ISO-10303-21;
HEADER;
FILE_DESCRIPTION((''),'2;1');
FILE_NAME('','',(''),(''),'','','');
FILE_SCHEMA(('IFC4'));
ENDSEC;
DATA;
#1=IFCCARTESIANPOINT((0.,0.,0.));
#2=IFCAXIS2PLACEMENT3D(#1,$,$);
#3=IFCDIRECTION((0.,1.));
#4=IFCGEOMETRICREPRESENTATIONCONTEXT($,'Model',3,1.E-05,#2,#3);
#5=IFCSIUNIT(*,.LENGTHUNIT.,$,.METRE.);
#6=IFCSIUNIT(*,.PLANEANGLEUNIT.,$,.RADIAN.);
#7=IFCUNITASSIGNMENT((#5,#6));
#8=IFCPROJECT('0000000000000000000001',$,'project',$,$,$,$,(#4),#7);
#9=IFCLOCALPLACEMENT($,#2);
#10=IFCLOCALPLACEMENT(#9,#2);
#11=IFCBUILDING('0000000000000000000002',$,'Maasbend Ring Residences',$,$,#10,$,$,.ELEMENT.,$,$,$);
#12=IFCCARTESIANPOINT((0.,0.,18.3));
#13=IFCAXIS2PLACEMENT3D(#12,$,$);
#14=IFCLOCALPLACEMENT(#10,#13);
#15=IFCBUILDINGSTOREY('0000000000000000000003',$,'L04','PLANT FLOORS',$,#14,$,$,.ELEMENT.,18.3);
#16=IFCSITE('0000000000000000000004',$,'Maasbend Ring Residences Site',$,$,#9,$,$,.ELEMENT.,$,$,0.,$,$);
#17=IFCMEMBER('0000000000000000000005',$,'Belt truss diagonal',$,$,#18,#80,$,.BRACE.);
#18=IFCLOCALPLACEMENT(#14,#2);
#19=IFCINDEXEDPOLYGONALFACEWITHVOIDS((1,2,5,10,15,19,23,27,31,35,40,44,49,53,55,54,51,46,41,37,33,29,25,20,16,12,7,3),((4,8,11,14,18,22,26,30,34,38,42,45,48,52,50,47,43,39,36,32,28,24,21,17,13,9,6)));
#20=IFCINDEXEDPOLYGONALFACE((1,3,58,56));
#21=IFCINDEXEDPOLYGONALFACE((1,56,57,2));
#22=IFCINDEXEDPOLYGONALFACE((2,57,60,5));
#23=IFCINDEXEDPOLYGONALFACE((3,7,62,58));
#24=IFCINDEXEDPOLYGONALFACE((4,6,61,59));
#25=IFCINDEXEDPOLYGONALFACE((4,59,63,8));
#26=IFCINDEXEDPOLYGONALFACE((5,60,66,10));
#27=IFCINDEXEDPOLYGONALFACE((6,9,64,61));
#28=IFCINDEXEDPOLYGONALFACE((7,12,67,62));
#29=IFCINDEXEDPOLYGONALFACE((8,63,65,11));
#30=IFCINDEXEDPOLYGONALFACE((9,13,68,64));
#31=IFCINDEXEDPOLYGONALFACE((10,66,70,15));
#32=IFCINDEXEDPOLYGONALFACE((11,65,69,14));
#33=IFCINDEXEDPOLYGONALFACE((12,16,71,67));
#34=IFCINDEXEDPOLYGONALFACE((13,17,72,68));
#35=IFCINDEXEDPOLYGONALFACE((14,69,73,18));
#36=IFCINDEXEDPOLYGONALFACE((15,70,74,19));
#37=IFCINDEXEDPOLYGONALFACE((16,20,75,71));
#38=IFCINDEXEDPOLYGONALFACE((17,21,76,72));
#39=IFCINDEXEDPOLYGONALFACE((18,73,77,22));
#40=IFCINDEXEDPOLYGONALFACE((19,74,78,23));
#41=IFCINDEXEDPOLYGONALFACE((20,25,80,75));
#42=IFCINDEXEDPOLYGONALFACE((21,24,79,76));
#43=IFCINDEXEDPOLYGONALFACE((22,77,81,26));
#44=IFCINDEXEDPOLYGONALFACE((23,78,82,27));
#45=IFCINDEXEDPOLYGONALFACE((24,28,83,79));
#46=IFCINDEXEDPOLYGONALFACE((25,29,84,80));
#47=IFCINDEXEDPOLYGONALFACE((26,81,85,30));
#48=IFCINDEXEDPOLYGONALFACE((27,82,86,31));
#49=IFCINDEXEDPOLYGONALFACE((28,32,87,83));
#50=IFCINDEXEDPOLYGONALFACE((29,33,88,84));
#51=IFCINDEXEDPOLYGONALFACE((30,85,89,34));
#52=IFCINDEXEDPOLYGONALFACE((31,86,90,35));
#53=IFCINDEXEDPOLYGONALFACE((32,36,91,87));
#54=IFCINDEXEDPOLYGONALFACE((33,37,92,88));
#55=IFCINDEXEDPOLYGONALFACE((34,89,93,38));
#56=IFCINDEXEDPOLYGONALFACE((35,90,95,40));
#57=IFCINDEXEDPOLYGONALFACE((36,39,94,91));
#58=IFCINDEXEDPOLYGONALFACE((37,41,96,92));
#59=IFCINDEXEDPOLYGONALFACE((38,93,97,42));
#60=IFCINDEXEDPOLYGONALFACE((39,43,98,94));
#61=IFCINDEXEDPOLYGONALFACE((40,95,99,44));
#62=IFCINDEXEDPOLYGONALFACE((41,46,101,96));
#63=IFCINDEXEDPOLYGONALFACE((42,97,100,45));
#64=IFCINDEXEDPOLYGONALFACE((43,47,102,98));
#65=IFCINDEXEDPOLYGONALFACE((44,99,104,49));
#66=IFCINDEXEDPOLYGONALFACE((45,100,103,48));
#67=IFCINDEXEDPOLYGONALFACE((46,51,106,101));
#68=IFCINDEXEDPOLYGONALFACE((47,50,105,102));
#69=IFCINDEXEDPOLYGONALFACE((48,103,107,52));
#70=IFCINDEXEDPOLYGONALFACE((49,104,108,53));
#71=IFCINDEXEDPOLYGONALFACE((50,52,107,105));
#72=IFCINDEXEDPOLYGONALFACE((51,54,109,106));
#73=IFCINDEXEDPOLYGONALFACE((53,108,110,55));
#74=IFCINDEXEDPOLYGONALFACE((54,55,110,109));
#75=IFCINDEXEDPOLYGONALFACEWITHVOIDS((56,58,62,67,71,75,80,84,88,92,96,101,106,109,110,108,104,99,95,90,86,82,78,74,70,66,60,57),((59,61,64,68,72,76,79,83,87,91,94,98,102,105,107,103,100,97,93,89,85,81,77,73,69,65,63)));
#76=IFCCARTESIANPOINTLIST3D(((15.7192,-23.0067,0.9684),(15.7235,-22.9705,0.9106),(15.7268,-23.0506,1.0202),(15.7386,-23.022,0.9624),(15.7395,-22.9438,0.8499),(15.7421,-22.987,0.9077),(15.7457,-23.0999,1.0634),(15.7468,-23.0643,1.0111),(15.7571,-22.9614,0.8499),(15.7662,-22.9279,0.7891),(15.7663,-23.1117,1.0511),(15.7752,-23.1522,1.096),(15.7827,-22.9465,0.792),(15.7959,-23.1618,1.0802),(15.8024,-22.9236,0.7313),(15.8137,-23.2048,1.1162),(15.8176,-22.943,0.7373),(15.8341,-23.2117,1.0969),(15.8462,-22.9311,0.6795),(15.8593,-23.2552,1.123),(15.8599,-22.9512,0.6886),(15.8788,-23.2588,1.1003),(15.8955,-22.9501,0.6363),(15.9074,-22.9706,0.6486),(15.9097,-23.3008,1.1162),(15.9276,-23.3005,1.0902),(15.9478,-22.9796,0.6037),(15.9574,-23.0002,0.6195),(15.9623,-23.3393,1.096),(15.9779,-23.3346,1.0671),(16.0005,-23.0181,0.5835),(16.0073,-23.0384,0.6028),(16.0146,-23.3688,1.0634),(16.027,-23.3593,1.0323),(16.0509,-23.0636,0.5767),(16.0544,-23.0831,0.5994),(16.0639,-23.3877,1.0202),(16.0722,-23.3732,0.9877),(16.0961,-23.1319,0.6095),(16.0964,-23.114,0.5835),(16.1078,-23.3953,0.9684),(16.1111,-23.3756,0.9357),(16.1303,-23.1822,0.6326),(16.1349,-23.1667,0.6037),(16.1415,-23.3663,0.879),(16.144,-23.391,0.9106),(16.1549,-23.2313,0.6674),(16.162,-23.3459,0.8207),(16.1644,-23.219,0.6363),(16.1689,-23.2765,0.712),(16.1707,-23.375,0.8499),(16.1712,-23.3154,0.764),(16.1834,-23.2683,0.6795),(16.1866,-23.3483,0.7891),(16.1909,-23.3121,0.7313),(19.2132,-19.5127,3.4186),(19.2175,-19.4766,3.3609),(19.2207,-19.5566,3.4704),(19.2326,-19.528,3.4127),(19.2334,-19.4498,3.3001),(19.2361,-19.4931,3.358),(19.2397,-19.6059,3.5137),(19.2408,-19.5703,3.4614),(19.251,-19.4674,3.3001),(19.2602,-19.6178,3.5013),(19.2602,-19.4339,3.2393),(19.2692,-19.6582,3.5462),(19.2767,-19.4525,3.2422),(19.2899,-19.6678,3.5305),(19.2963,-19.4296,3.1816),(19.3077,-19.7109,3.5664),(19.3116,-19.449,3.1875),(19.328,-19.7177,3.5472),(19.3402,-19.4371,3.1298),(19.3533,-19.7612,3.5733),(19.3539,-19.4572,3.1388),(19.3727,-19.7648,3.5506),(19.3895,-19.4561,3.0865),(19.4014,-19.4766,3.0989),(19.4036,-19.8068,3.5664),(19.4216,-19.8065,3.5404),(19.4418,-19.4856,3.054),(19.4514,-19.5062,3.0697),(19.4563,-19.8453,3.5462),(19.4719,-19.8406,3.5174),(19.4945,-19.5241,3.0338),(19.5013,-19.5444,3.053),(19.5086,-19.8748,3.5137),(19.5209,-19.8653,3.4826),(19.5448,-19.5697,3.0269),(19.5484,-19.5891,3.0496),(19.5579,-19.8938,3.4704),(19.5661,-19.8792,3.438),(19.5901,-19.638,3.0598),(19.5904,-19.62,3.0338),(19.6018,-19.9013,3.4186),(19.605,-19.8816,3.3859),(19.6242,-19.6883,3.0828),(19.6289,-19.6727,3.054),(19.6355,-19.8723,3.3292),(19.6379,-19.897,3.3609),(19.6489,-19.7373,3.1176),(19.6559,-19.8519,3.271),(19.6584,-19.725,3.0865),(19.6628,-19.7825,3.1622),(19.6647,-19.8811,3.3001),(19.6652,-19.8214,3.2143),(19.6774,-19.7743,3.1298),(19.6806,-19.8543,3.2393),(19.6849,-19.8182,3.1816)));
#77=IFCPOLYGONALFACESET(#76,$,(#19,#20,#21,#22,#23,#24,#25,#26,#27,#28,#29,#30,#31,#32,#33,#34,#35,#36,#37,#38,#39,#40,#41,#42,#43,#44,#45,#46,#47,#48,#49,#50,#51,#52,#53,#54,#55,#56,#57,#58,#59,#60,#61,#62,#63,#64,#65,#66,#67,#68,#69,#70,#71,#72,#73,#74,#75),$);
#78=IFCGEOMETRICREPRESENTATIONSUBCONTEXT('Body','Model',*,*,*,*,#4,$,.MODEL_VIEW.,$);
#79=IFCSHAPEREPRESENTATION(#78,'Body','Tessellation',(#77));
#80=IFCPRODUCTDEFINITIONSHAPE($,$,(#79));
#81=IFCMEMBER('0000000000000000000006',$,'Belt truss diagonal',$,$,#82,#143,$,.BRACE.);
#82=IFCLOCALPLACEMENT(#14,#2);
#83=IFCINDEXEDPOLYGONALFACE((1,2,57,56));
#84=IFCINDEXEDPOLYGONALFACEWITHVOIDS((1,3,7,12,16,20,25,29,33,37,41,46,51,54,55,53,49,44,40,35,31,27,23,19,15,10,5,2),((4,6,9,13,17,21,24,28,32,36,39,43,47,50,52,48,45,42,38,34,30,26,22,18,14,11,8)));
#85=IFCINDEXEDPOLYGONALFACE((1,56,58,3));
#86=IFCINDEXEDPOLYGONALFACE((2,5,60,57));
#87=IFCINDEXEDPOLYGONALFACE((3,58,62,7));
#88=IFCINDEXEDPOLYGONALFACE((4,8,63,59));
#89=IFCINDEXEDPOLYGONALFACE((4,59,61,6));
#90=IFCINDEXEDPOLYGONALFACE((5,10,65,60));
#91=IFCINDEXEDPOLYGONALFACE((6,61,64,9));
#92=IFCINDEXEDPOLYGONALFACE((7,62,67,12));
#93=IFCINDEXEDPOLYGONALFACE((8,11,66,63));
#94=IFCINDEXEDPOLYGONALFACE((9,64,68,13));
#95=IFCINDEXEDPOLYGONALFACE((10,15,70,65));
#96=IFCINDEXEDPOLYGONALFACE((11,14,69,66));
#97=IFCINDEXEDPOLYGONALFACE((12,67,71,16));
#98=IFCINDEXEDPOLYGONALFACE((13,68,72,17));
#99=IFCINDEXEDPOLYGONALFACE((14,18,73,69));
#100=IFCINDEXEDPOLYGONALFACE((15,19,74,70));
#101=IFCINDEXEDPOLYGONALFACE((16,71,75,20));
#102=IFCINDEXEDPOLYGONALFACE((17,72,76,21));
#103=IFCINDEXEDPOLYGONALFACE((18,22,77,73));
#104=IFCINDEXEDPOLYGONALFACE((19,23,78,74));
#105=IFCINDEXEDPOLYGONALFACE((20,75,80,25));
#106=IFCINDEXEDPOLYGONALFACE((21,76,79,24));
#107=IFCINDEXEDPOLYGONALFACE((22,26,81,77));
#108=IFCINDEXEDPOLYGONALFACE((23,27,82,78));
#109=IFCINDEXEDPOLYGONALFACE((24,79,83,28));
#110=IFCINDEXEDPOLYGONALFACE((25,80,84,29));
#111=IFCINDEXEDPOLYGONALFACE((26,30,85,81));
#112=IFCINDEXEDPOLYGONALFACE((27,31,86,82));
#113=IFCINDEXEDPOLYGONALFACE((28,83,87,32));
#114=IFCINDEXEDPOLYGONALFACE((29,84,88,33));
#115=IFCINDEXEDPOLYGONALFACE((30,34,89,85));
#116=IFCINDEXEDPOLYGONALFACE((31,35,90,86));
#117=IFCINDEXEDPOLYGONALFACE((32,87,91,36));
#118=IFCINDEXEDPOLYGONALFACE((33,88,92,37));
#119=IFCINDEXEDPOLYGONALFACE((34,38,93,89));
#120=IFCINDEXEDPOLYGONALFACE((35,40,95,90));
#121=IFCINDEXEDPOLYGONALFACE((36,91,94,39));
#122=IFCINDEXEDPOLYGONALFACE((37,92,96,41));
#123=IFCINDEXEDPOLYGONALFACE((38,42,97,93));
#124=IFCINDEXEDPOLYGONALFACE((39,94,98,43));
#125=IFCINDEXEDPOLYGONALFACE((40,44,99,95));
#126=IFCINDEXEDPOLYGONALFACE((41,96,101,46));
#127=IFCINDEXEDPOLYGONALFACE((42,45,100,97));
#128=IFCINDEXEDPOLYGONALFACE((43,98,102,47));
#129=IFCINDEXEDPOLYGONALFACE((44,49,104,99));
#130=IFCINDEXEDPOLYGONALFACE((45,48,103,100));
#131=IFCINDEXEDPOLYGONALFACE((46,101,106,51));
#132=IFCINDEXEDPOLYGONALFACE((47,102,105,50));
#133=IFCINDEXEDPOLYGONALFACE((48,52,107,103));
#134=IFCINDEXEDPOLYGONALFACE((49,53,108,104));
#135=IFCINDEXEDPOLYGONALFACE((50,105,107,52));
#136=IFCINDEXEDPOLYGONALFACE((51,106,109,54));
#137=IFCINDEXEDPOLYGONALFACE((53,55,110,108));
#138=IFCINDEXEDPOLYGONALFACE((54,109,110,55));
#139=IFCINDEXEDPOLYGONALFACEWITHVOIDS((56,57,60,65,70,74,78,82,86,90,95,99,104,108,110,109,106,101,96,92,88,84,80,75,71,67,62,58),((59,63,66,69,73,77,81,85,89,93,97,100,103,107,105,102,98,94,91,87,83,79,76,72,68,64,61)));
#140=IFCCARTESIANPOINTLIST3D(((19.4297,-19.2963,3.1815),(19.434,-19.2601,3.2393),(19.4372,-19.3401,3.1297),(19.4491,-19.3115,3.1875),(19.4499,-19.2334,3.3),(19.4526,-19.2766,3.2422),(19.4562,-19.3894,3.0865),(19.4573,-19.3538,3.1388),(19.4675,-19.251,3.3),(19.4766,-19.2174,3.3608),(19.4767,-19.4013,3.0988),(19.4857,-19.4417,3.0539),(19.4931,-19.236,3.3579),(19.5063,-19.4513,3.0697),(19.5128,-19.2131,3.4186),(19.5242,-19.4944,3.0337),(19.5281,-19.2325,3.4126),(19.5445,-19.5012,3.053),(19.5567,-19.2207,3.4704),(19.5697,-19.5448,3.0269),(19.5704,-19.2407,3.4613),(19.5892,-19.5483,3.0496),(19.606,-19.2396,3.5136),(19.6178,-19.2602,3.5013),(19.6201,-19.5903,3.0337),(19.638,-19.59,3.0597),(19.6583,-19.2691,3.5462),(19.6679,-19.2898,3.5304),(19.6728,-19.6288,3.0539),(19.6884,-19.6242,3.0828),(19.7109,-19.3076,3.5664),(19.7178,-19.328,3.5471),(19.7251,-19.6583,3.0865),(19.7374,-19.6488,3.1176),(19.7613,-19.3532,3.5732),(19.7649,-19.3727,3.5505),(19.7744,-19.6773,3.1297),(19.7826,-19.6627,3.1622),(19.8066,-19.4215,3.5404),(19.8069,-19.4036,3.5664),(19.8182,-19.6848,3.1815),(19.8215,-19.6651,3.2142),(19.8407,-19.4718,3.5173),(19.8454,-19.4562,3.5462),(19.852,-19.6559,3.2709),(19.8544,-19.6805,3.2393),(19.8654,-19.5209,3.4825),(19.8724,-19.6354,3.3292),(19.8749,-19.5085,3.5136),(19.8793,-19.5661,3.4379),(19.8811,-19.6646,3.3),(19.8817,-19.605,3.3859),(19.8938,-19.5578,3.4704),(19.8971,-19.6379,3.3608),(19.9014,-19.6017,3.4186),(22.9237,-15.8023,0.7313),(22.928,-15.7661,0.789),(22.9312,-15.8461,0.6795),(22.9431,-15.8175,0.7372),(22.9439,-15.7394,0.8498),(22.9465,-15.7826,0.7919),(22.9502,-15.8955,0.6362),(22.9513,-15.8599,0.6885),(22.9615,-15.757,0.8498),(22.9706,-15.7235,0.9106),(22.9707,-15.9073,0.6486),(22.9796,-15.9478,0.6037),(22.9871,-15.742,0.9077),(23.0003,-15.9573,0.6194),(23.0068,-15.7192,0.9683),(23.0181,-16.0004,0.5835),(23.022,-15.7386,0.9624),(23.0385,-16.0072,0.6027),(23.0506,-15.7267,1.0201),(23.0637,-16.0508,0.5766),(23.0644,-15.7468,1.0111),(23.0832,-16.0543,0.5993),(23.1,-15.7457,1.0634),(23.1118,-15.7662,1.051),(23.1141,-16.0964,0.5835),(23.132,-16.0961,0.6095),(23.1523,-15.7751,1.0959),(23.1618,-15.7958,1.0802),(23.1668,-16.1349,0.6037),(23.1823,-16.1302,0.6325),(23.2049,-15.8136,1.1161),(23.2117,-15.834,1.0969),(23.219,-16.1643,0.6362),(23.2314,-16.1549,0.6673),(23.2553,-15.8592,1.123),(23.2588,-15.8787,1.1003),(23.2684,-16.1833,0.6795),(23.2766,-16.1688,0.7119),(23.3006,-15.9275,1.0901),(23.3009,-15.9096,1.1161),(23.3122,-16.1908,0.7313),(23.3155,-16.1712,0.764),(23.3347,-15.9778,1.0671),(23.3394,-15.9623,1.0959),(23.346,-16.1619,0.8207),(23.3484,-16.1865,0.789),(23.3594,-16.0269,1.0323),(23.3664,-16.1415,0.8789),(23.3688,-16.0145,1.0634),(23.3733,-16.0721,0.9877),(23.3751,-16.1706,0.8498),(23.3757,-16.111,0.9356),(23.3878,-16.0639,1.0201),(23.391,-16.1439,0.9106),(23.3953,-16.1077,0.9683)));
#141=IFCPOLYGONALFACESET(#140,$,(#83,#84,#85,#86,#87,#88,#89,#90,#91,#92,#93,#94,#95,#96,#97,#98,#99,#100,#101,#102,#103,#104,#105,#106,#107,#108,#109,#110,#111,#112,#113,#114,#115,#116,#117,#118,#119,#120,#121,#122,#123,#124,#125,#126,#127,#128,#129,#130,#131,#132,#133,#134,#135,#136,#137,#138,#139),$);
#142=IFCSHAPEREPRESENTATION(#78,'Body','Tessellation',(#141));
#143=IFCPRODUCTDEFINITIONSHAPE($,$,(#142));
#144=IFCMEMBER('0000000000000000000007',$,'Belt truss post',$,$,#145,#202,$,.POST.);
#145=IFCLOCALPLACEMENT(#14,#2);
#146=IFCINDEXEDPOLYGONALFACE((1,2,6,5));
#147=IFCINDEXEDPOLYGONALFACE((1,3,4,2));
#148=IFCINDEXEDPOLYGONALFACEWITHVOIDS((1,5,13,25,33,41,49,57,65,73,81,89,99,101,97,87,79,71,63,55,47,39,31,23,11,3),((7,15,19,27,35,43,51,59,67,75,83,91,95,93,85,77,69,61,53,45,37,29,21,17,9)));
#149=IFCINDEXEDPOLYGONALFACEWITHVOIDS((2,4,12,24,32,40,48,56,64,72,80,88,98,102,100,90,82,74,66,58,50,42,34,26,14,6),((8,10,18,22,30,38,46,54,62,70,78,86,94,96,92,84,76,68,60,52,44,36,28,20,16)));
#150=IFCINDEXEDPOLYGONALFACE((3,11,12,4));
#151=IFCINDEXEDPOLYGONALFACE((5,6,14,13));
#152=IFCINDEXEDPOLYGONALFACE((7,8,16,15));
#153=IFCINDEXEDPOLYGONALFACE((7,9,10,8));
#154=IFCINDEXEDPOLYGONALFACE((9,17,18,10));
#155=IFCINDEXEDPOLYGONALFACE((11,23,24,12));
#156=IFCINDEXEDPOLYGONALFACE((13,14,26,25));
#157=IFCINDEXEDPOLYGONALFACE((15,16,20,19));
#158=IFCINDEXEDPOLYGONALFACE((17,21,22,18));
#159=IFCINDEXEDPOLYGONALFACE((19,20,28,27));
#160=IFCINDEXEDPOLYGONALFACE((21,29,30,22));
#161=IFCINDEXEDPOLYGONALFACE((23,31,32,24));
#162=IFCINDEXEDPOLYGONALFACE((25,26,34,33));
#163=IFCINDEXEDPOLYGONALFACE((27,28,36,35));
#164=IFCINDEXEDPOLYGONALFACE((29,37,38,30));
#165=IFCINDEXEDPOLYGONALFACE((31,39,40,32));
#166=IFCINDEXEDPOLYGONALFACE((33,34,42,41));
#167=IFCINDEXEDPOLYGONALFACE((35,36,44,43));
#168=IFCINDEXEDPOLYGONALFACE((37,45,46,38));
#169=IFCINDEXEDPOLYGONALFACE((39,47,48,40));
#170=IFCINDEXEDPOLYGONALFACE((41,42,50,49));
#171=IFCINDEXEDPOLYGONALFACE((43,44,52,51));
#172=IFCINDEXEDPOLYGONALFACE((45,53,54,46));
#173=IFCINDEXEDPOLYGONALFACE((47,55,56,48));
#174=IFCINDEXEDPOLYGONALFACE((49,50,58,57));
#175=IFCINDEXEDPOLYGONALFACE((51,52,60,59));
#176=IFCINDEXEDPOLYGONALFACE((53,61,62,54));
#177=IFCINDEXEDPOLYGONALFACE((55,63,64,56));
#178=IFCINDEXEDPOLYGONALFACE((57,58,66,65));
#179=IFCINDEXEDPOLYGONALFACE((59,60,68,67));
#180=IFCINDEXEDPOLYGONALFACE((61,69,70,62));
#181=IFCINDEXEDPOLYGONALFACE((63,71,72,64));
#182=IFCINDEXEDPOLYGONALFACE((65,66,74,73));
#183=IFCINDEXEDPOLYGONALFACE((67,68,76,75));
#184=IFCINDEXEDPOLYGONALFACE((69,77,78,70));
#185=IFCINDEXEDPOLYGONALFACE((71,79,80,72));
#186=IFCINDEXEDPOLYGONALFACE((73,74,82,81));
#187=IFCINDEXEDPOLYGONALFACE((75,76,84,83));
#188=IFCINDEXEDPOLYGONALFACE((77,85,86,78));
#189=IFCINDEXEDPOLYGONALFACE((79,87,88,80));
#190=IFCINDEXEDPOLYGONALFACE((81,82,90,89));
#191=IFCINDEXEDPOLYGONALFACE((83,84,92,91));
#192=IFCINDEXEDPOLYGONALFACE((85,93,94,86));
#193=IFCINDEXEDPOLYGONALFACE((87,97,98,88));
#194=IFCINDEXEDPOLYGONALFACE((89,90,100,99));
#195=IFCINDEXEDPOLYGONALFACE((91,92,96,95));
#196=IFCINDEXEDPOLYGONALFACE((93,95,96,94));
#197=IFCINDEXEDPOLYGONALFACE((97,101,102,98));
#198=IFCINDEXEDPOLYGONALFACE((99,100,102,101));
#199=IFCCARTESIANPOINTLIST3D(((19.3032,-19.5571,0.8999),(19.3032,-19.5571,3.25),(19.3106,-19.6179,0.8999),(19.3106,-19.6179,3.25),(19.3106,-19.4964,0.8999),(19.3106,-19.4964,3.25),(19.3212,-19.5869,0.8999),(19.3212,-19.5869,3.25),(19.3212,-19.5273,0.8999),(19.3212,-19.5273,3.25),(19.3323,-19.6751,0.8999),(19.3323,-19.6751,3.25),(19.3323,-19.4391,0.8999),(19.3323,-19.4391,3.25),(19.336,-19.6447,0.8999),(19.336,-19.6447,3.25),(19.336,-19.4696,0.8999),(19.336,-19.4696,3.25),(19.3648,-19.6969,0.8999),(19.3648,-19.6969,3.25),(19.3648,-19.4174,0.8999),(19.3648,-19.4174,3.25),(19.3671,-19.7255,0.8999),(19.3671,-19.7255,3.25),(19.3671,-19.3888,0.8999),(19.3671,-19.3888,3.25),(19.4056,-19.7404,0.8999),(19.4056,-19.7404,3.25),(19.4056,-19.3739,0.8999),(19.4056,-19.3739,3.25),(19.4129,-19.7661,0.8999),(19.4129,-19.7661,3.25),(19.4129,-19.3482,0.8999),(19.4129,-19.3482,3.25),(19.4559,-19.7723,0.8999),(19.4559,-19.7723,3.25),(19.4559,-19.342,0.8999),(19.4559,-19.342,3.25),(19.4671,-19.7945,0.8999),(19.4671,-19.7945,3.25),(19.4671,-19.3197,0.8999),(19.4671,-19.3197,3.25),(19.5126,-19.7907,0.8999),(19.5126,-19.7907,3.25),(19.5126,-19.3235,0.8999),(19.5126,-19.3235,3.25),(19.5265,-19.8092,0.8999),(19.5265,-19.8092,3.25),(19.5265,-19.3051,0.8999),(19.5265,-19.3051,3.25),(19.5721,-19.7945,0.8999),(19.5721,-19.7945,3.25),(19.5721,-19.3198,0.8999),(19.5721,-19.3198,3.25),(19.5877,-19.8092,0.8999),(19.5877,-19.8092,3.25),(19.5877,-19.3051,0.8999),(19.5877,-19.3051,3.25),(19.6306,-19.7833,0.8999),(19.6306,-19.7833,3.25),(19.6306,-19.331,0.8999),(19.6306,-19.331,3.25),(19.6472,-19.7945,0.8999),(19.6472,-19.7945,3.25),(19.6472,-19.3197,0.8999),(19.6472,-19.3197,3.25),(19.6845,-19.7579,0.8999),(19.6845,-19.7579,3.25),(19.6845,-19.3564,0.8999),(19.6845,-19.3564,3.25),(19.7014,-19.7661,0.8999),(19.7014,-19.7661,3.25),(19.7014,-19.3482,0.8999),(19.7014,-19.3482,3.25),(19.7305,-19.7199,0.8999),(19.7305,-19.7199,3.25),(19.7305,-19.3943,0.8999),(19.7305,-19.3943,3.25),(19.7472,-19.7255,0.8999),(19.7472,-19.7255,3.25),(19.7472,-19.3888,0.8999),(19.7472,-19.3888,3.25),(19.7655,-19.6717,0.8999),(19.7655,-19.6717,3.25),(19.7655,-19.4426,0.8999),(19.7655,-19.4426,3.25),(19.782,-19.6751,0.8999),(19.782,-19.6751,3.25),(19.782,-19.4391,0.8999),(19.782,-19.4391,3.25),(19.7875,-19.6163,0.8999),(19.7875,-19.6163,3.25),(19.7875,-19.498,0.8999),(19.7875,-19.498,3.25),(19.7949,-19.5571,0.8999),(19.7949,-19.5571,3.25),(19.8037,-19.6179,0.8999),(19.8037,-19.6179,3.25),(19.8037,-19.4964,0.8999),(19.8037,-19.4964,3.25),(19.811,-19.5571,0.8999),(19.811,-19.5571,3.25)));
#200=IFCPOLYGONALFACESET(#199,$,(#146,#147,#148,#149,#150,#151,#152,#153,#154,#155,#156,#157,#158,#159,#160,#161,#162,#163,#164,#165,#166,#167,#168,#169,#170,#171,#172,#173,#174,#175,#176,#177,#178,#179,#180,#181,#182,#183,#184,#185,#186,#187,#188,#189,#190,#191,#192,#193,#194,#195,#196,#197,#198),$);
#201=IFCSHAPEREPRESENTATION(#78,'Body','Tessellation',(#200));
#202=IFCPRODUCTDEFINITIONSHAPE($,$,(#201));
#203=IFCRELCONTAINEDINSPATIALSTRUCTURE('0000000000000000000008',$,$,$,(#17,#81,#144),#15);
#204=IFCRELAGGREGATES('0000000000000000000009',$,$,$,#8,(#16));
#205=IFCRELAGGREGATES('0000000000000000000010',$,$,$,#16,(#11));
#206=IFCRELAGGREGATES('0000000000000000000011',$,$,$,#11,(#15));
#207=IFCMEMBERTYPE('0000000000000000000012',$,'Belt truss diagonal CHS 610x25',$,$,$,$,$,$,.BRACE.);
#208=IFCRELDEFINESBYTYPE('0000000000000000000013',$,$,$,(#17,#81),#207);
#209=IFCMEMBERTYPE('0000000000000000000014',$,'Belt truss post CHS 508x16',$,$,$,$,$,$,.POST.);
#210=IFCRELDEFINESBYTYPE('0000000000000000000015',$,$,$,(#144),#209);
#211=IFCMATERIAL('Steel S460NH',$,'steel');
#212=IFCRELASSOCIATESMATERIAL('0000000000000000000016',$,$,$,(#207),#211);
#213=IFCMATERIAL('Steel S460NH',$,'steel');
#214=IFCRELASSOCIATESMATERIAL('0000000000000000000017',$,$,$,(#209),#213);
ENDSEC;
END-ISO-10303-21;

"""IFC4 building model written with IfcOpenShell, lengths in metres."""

from ifc_helpers import new_model, si_unit, direction, frame, origin, origin_2d, place, context, subcontext, project, spatial, hollow_circle, extrude, material, material_profile, profile_set, type_object, element, save


model = new_model("IFC4")

# Units and contexts
model_context = context("Model", 3, precision=1e-05, world=origin(), true_north=direction((0.0, 1.0)))
body_context = subcontext(model_context, "Body", "Model", "MODEL_VIEW")
ifc_project = project(units=[si_unit("LENGTHUNIT", "METRE"), si_unit("PLANEANGLEUNIT", "RADIAN")], contexts=[model_context])

# Site, building, storey
site_placement = place(None, origin())
site = spatial("IfcSite", under=ifc_project, at=site_placement, Name="Maasbend Ring Residences Site", CompositionType="ELEMENT", RefElevation=0.0)
building_placement = place(site_placement, origin())
building = spatial("IfcBuilding", under=site, at=building_placement, Name="Maasbend Ring Residences", CompositionType="ELEMENT")
storey_placement = place(building_placement, frame((0.0, 0.0, 18.3)))
storey = spatial("IfcBuildingStorey", under=building, at=storey_placement, Name="L04", Description="PLANT FLOORS", CompositionType="ELEMENT", Elevation=18.3)

# Members
ifc_material_1 = material(Name="Steel S460NH", Category="steel")
ifc_material_profile_1 = material_profile(ifc_material_1, hollow_circle(Radius=0.3049, WallThickness=0.0249, at=origin_2d()), Name="Belt truss diagonal CHS 610x25")
ifc_profile_set_1 = profile_set([ifc_material_profile_1], Name="Steel S460NH")
member_type_1 = type_object("IfcMemberType", Name="Belt truss diagonal CHS 610x25", PredefinedType="BRACE", material=ifc_profile_set_1)
for number, where, z_axis, x_axis, name in (
    (1, (15.9551, -23.1594, 0.8499), (0.633496, 0.633496, 0.444258), (-0.707107, 0.707107, 0.0), "Belt truss diagonal"),
    (2, (19.6655, -19.449, 3.3), (0.633496, 0.633496, -0.444258), (-0.707107, 0.707107, 0.0), "Belt truss diagonal"),
):
    element("IfcMember", number, at=place(storey_placement, frame(where, z_axis=z_axis, x_axis=x_axis)), inside=storey, type_object=member_type_1, Name=name, PredefinedType="BRACE", context=body_context, shape_type="SweptSolid", body=[
        extrude(hollow_circle(Radius=0.3049, WallThickness=0.0249, at=origin_2d()), origin(), (0.0, 0.0, 1.0), 5.5154),
    ])
ifc_material_2 = material(Name="Steel S460NH", Category="steel")
ifc_material_profile_2 = material_profile(ifc_material_2, hollow_circle(Radius=0.2539, WallThickness=0.0161, at=origin_2d()), Name="Belt truss post CHS 508x16")
ifc_profile_set_2 = profile_set([ifc_material_profile_2], Name="Steel S460NH")
member_type_2 = type_object("IfcMemberType", Name="Belt truss post CHS 508x16", PredefinedType="POST", material=ifc_profile_set_2)
member_1_placement = place(storey_placement, frame((19.5571, -19.5571, 0.8999), z_axis=(0.0, 0.0, 1.0), x_axis=(1.0, 0.0, 0.0)))
element("IfcMember", 3, at=member_1_placement, inside=storey, type_object=member_type_2, Name="Belt truss post", PredefinedType="POST", context=body_context, shape_type="SweptSolid", body=[
    extrude(hollow_circle(Radius=0.2539, WallThickness=0.0161, at=origin_2d()), origin(), (0.0, 0.0, 1.0), 2.3501),
])

save(model, "model.ifc")
